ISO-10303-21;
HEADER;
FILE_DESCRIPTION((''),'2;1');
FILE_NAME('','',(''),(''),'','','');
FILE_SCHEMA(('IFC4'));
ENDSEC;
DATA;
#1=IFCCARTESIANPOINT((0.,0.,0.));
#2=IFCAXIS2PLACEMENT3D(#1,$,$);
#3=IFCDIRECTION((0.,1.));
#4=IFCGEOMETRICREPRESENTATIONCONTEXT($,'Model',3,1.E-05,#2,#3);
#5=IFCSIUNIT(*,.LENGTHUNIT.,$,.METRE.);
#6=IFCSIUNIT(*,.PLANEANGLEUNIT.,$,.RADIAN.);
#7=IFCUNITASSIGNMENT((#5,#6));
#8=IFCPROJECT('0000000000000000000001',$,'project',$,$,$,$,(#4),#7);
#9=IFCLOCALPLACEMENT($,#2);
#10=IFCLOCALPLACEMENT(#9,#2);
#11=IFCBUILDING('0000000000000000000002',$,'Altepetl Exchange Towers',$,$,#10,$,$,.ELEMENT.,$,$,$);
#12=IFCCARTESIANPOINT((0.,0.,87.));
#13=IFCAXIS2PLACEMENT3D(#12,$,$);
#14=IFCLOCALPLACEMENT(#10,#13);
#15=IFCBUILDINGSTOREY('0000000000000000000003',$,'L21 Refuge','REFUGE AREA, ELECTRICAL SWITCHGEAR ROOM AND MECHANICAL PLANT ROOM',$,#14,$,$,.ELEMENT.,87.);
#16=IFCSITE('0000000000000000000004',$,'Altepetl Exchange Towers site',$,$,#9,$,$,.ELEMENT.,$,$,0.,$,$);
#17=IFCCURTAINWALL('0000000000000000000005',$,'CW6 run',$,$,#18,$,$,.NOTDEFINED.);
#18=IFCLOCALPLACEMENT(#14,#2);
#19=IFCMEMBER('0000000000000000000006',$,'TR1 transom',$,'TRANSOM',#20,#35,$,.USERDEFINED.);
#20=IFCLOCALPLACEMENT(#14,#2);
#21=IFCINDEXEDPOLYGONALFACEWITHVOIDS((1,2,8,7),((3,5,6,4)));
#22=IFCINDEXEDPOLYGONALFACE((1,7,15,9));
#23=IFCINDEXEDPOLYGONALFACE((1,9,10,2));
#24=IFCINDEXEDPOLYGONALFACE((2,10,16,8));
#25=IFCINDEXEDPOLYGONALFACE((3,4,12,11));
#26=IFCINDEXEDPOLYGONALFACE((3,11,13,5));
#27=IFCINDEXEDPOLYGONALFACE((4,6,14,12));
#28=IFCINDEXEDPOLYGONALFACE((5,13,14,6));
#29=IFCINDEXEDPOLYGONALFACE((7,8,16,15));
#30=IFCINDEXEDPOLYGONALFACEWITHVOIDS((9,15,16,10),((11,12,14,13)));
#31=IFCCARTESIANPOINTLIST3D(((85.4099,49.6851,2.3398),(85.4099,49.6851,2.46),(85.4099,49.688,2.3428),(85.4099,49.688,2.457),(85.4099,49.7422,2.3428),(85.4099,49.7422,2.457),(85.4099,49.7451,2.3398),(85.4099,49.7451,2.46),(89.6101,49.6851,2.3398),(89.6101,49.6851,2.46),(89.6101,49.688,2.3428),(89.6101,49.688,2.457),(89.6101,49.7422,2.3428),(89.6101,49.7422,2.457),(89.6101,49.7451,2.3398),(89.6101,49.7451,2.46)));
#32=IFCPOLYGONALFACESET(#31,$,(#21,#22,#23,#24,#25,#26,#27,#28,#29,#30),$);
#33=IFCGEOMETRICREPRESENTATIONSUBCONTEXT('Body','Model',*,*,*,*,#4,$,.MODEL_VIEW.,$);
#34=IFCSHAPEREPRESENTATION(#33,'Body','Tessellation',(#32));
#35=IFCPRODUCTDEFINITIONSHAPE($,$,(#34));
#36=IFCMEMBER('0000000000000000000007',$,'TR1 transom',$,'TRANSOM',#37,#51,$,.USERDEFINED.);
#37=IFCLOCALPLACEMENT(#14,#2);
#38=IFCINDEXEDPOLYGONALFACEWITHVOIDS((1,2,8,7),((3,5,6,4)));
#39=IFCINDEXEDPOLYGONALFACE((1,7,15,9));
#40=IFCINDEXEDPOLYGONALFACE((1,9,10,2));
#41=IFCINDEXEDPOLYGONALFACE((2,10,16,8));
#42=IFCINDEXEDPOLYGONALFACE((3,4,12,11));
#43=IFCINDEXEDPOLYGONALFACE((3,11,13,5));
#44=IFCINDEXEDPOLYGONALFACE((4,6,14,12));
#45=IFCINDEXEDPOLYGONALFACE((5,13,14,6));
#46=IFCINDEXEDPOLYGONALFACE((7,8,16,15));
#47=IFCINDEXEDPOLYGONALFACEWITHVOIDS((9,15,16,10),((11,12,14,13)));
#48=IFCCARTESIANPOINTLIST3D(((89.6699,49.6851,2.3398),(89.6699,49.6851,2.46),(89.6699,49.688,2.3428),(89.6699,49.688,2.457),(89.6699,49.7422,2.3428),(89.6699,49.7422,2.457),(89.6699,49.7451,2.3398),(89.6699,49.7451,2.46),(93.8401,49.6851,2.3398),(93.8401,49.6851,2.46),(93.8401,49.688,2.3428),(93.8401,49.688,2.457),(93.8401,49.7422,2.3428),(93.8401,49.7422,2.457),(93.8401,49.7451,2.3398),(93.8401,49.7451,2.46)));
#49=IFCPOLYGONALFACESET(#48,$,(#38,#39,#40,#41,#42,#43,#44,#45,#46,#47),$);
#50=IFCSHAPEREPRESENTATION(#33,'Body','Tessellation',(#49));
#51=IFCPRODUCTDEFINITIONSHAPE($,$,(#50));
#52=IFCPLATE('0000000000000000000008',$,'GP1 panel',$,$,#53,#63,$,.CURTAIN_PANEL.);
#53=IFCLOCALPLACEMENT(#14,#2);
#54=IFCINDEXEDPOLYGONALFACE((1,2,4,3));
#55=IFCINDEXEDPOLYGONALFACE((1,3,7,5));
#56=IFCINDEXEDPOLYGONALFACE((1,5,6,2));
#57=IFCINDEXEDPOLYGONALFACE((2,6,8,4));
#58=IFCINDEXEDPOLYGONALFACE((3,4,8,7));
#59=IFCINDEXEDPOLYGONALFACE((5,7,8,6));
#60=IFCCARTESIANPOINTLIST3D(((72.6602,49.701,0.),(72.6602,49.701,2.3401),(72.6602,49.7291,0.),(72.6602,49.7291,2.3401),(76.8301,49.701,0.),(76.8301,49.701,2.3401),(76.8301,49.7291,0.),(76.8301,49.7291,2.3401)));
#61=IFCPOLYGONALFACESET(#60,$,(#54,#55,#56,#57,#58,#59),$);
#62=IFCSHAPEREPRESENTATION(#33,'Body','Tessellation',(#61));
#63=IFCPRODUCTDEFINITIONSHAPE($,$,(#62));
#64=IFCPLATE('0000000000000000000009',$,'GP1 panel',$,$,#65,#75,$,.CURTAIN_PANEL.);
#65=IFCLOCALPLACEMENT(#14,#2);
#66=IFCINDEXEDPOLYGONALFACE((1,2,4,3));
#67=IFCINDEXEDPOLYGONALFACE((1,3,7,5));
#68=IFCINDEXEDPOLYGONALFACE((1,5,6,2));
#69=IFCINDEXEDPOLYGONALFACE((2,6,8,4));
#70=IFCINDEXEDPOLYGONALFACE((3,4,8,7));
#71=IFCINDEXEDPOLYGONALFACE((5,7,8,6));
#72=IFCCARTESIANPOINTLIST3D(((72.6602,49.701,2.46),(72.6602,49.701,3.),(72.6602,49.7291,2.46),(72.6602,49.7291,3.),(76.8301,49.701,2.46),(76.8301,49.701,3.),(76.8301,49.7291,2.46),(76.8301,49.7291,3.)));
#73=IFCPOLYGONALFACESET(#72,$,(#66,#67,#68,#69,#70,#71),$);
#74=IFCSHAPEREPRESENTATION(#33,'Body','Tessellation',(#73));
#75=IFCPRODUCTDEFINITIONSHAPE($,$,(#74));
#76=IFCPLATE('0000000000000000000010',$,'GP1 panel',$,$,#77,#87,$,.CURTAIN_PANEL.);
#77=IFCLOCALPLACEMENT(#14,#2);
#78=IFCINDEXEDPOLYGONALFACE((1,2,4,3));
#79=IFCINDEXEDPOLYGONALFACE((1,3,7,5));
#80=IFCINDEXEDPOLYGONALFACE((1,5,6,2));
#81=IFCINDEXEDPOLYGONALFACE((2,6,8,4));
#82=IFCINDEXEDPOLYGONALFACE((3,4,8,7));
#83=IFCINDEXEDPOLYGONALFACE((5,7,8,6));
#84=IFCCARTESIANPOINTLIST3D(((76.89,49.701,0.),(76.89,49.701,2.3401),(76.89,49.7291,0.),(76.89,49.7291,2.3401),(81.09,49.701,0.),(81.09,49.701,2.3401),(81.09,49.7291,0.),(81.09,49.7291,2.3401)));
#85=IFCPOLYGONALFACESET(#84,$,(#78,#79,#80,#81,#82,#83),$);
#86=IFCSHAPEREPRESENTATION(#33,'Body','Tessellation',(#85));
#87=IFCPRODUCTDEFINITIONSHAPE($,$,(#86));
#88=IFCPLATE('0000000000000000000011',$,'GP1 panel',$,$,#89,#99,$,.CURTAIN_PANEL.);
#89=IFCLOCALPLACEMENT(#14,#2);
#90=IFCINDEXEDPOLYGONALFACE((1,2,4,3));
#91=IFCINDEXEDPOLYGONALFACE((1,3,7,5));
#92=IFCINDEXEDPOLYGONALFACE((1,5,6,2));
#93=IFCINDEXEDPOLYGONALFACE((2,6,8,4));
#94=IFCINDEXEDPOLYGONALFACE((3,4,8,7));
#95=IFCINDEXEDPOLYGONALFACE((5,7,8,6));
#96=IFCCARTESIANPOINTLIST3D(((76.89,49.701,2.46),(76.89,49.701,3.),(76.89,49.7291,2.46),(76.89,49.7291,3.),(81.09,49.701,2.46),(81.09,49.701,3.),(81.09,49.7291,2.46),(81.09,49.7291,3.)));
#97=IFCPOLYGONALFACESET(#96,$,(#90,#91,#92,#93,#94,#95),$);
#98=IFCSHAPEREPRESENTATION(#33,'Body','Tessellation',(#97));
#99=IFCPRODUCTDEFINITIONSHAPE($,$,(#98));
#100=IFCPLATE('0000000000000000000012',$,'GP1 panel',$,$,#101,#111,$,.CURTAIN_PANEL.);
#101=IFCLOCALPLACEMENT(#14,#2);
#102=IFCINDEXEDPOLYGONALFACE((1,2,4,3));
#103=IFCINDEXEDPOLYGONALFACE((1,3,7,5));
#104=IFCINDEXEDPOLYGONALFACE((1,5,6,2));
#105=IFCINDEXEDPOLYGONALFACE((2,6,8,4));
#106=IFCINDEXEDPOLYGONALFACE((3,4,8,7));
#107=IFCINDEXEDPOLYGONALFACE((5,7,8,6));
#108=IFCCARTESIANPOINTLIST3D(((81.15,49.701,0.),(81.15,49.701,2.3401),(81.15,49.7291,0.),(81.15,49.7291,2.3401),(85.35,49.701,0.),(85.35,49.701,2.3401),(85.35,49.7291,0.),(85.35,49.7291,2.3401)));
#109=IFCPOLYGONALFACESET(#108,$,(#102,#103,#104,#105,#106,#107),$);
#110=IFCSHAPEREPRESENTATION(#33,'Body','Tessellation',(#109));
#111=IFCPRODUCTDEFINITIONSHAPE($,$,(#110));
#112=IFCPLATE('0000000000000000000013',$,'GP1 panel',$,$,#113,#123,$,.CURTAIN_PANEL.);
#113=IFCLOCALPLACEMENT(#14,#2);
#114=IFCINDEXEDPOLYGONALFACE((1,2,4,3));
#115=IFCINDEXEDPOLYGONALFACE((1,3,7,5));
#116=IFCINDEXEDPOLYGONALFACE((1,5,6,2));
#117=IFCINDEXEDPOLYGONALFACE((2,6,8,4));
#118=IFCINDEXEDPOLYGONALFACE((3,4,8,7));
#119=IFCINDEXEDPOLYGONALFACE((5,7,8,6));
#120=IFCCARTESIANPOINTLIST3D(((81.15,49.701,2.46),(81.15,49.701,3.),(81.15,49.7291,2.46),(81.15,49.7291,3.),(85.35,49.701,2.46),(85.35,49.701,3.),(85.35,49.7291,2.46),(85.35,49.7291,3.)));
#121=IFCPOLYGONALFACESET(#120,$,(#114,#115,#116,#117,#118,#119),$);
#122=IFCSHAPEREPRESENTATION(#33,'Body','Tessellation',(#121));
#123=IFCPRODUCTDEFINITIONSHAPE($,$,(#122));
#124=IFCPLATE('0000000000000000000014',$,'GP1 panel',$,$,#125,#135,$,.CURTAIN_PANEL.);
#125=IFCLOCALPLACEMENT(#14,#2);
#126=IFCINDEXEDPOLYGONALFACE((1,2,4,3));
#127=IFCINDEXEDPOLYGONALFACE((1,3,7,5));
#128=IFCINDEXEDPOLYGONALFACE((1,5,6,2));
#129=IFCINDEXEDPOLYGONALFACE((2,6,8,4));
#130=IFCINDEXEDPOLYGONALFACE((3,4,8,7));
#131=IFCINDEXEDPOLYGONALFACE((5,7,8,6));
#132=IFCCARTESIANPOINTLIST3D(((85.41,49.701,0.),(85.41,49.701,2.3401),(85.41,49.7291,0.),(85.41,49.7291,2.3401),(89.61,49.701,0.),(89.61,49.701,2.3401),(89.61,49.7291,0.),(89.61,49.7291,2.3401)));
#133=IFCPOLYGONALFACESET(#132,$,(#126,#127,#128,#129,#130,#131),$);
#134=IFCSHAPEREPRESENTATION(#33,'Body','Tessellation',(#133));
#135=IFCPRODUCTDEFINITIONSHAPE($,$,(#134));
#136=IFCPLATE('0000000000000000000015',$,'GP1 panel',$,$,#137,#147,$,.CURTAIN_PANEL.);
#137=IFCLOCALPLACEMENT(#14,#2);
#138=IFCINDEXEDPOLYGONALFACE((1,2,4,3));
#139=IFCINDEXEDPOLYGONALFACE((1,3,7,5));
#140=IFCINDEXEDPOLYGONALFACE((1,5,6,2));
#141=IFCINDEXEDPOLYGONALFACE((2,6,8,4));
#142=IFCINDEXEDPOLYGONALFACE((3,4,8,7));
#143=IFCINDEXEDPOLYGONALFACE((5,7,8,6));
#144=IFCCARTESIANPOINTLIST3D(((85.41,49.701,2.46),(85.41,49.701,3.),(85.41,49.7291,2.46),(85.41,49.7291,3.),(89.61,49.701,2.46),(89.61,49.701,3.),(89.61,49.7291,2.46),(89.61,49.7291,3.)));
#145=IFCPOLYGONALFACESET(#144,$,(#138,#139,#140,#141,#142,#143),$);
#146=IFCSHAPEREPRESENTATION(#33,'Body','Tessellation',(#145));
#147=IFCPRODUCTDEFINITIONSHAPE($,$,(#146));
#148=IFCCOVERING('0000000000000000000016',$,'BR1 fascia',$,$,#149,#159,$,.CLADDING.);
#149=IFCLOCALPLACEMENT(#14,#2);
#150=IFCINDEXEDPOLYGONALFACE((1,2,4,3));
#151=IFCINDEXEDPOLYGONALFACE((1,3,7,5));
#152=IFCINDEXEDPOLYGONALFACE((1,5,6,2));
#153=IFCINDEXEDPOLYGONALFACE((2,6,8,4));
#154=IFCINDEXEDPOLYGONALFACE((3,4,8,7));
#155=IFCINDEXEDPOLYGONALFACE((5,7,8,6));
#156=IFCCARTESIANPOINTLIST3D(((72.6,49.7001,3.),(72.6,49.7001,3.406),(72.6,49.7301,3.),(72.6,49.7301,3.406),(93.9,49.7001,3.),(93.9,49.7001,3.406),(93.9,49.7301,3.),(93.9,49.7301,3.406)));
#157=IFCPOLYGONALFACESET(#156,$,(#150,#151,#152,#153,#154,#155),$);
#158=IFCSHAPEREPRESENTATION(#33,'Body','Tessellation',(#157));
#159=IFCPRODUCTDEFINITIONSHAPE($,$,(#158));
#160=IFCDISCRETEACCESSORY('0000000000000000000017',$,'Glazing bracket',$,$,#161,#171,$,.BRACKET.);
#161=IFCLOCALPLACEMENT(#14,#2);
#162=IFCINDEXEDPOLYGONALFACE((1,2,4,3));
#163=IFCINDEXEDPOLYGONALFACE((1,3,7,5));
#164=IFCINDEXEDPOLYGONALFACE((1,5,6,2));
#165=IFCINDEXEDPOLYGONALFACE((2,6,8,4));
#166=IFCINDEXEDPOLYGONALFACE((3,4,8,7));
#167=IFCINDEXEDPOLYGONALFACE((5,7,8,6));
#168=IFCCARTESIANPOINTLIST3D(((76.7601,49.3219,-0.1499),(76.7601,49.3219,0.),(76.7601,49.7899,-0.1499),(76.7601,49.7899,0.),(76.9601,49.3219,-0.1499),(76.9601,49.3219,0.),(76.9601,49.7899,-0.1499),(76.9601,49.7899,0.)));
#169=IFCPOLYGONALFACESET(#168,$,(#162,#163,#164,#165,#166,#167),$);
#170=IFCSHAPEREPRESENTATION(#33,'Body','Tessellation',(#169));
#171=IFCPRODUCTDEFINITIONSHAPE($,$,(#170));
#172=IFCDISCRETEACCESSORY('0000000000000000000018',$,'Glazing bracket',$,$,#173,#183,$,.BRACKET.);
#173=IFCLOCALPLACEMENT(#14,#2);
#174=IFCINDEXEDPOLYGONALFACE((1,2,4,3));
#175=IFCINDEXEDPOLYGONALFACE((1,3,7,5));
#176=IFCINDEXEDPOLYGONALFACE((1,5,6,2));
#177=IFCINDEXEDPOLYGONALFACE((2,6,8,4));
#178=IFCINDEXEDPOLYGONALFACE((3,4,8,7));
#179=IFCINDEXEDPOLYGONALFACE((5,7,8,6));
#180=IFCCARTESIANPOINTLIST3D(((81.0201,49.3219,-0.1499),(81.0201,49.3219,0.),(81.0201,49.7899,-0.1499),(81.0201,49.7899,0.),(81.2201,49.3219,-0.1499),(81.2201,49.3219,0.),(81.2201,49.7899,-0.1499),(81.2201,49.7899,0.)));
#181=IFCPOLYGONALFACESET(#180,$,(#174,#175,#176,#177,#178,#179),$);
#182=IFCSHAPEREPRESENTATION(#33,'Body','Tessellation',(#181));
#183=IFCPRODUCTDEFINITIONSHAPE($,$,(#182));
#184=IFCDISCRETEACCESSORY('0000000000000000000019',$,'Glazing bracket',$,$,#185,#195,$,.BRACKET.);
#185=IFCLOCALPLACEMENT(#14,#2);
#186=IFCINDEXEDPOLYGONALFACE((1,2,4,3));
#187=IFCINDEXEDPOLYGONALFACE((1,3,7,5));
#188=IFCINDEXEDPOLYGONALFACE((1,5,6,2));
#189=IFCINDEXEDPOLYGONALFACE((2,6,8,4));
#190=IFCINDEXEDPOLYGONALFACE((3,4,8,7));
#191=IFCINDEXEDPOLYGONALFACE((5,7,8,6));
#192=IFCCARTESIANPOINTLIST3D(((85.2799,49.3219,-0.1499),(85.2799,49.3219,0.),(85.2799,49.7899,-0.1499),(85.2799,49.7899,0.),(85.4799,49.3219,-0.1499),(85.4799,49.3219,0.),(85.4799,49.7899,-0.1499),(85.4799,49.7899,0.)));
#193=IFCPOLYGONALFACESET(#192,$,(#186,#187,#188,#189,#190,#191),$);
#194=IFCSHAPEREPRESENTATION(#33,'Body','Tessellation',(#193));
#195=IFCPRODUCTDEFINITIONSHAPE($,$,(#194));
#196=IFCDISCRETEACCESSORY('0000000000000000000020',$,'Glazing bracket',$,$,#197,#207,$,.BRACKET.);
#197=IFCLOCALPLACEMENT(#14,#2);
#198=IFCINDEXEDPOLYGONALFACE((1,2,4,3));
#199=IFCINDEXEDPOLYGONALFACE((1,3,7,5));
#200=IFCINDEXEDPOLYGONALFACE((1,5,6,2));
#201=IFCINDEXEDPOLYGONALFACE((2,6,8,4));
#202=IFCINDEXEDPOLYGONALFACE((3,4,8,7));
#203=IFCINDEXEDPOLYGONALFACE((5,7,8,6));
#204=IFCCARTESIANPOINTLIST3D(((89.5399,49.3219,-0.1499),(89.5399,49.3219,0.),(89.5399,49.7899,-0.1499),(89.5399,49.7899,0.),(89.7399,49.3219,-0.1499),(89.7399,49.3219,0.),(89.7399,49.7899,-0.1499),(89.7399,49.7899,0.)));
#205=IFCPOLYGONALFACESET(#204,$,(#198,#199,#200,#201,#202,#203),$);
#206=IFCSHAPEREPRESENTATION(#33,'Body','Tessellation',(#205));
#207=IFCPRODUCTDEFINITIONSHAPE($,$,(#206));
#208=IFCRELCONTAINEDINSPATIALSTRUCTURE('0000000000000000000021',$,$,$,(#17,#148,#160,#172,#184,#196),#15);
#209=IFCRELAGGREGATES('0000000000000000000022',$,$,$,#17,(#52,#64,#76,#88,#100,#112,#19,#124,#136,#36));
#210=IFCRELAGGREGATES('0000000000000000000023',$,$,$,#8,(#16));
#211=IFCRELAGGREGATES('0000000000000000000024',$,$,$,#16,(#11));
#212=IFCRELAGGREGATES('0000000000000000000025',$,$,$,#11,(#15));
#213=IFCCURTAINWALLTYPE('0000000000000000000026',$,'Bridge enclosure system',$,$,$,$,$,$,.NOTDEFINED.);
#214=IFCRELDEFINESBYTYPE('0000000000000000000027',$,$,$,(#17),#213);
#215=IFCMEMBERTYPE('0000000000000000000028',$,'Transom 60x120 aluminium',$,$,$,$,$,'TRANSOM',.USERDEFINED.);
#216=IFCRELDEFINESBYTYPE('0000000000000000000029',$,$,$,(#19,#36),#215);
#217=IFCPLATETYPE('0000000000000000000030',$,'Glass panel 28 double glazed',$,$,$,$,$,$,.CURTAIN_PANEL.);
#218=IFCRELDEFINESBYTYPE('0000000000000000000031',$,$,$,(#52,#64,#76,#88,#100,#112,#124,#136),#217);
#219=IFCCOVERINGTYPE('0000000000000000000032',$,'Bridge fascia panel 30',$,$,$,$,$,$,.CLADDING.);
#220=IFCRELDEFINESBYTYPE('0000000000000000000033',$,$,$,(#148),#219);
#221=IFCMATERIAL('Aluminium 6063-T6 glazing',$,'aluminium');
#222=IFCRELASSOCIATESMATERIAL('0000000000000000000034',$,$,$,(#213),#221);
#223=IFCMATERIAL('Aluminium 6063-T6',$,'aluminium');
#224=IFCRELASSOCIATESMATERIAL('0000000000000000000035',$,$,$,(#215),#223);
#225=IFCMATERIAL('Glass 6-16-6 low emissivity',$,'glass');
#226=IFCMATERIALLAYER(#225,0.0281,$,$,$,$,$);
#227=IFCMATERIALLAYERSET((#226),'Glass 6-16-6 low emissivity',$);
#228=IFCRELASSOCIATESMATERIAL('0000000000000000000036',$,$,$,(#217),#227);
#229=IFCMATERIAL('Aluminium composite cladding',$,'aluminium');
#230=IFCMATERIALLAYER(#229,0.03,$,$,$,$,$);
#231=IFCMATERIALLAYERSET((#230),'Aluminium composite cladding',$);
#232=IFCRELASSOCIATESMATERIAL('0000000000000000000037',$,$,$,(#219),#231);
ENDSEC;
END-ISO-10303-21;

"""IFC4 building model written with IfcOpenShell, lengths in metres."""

from ifc_helpers import new_model, si_unit, direction, frame, origin, origin_2d, place, context, subcontext, project, spatial, rectangle, hollow_rectangle, extrude, material, layer, layer_set, material_profile, profile_set, type_object, element, aggregate, save


model = new_model("IFC4")

# Units and contexts
model_context = context("Model", 3, precision=1e-05, world=origin(), true_north=direction((0.0, 1.0)))
body_context = subcontext(model_context, "Body", "Model", "MODEL_VIEW")
ifc_project = project(units=[si_unit("LENGTHUNIT", "METRE"), si_unit("PLANEANGLEUNIT", "RADIAN")], contexts=[model_context])

# Site, building, storey
site_placement = place(None, origin())
site = spatial("IfcSite", under=ifc_project, at=site_placement, Name="Altepetl Exchange Towers site", CompositionType="ELEMENT", RefElevation=0.0)
building_placement = place(site_placement, origin())
building = spatial("IfcBuilding", under=site, at=building_placement, Name="Altepetl Exchange Towers", CompositionType="ELEMENT")
storey_placement = place(building_placement, frame((0.0, 0.0, 87.0)))
storey = spatial("IfcBuildingStorey", under=building, at=storey_placement, Name="L21 Refuge", Description="REFUGE AREA, ELECTRICAL SWITCHGEAR ROOM AND MECHANICAL PLANT ROOM", CompositionType="ELEMENT", Elevation=87.0)

# Curtain wall, members, plates
ifc_material_1 = material(Name="Aluminium 6063-T6 glazing", Category="aluminium")
curtain_wall_type = type_object("IfcCurtainWallType", Name="Bridge enclosure system", PredefinedType="NOTDEFINED", material=ifc_material_1)
curtain_wall_placement = place(storey_placement, origin())
curtain_wall = element("IfcCurtainWall", 1, at=curtain_wall_placement, inside=storey, type_object=curtain_wall_type, Name="CW6 run", PredefinedType="NOTDEFINED")
ifc_material_2 = material(Name="Aluminium 6063-T6", Category="aluminium")
ifc_material_profile_1 = material_profile(ifc_material_2, hollow_rectangle(XDim=0.0601, YDim=0.1201, WallThickness=0.0029, at=origin_2d()), Name="Transom 60x120 aluminium")
ifc_profile_set_1 = profile_set([ifc_material_profile_1], Name="Aluminium 6063-T6")
member_type_1 = type_object("IfcMemberType", Name="Transom 60x120 aluminium", ElementType="TRANSOM", PredefinedType="USERDEFINED", material=ifc_profile_set_1)
member_1_placement = place(storey_placement, frame((85.4099, 49.7151, 2.3999), z_axis=(1.0, 0.0, 0.0), x_axis=(0.0, 1.0, 0.0)))
member_1 = element("IfcMember", 2, at=member_1_placement, type_object=member_type_1, Name="TR1 transom", ObjectType="TRANSOM", PredefinedType="USERDEFINED", context=body_context, shape_type="SweptSolid", body=[
    extrude(hollow_rectangle(XDim=0.0601, YDim=0.1201, WallThickness=0.0029, at=origin_2d()), origin(), (0.0, 0.0, 1.0), 4.2002),
])
member_2_placement = place(storey_placement, frame((89.6699, 49.7151, 2.3999), z_axis=(1.0, 0.0, 0.0), x_axis=(0.0, 1.0, 0.0)))
member_2 = element("IfcMember", 3, at=member_2_placement, type_object=member_type_1, Name="TR1 transom", ObjectType="TRANSOM", PredefinedType="USERDEFINED", context=body_context, shape_type="SweptSolid", body=[
    extrude(hollow_rectangle(XDim=0.0601, YDim=0.1201, WallThickness=0.0029, at=origin_2d()), origin(), (0.0, 0.0, 1.0), 4.1702),
])
ifc_material_3 = material(Name="Glass 6-16-6 low emissivity", Category="glass")
ifc_layer_1 = layer(ifc_material_3, 0.0281)
ifc_layer_set_1 = layer_set([ifc_layer_1], Name="Glass 6-16-6 low emissivity")
plate_type = type_object("IfcPlateType", Name="Glass panel 28 double glazed", PredefinedType="CURTAIN_PANEL", material=ifc_layer_set_1)
plate_1_placement = place(storey_placement, frame((74.7451, 49.7151, 0.0)))
plate_1 = element("IfcPlate", 4, at=plate_1_placement, type_object=plate_type, Name="GP1 panel", PredefinedType="CURTAIN_PANEL", context=body_context, shape_type="SweptSolid", body=[
    extrude(rectangle(XDim=4.1699, YDim=0.0281, at=origin_2d()), origin(), (0.0, 0.0, 1.0), 2.3401),
])
plate_2_placement = place(storey_placement, frame((74.7451, 49.7151, 2.46)))
plate_2 = element("IfcPlate", 5, at=plate_2_placement, type_object=plate_type, Name="GP1 panel", PredefinedType="CURTAIN_PANEL", context=body_context, shape_type="SweptSolid", body=[
    extrude(rectangle(XDim=4.1699, YDim=0.0281, at=origin_2d()), origin(), (0.0, 0.0, 1.0), 0.54),
])
plate_3_placement = place(storey_placement, frame((78.99, 49.7151, 0.0)))
plate_3 = element("IfcPlate", 6, at=plate_3_placement, type_object=plate_type, Name="GP1 panel", PredefinedType="CURTAIN_PANEL", context=body_context, shape_type="SweptSolid", body=[
    extrude(rectangle(XDim=4.2, YDim=0.0281, at=origin_2d()), origin(), (0.0, 0.0, 1.0), 2.3401),
])
plate_4_placement = place(storey_placement, frame((78.99, 49.7151, 2.46)))
plate_4 = element("IfcPlate", 7, at=plate_4_placement, type_object=plate_type, Name="GP1 panel", PredefinedType="CURTAIN_PANEL", context=body_context, shape_type="SweptSolid", body=[
    extrude(rectangle(XDim=4.2, YDim=0.0281, at=origin_2d()), origin(), (0.0, 0.0, 1.0), 0.54),
])
plate_5_placement = place(storey_placement, frame((83.25, 49.7151, 0.0)))
plate_5 = element("IfcPlate", 8, at=plate_5_placement, type_object=plate_type, Name="GP1 panel", PredefinedType="CURTAIN_PANEL", context=body_context, shape_type="SweptSolid", body=[
    extrude(rectangle(XDim=4.2, YDim=0.0281, at=origin_2d()), origin(), (0.0, 0.0, 1.0), 2.3401),
])
plate_6_placement = place(storey_placement, frame((83.25, 49.7151, 2.46)))
plate_6 = element("IfcPlate", 9, at=plate_6_placement, type_object=plate_type, Name="GP1 panel", PredefinedType="CURTAIN_PANEL", context=body_context, shape_type="SweptSolid", body=[
    extrude(rectangle(XDim=4.2, YDim=0.0281, at=origin_2d()), origin(), (0.0, 0.0, 1.0), 0.54),
])
plate_7_placement = place(storey_placement, frame((87.51, 49.7151, 0.0)))
plate_7 = element("IfcPlate", 10, at=plate_7_placement, type_object=plate_type, Name="GP1 panel", PredefinedType="CURTAIN_PANEL", context=body_context, shape_type="SweptSolid", body=[
    extrude(rectangle(XDim=4.2, YDim=0.0281, at=origin_2d()), origin(), (0.0, 0.0, 1.0), 2.3401),
])
plate_8_placement = place(storey_placement, frame((87.51, 49.7151, 2.46)))
plate_8 = element("IfcPlate", 11, at=plate_8_placement, type_object=plate_type, Name="GP1 panel", PredefinedType="CURTAIN_PANEL", context=body_context, shape_type="SweptSolid", body=[
    extrude(rectangle(XDim=4.2, YDim=0.0281, at=origin_2d()), origin(), (0.0, 0.0, 1.0), 0.54),
])
aggregate(curtain_wall, [plate_1, plate_2, plate_3, plate_4, plate_5, plate_6, member_1, plate_7, plate_8, member_2])

# Covering
ifc_material_4 = material(Name="Aluminium composite cladding", Category="aluminium")
ifc_layer_2 = layer(ifc_material_4, 0.03)
ifc_layer_set_2 = layer_set([ifc_layer_2], Name="Aluminium composite cladding")
covering_type = type_object("IfcCoveringType", Name="Bridge fascia panel 30", PredefinedType="CLADDING", material=ifc_layer_set_2)
covering_placement = place(storey_placement, frame((83.25, 49.7151, 3.0)))
element("IfcCovering", 12, at=covering_placement, inside=storey, type_object=covering_type, Name="BR1 fascia", PredefinedType="CLADDING", context=body_context, shape_type="SweptSolid", body=[
    extrude(rectangle(XDim=21.3, YDim=0.03, at=origin_2d()), origin(), (0.0, 0.0, 1.0), 0.406),
])

# Discrete accessories
for number, where, name in (
    (13, (76.8601, 49.5559, -0.1499), "Glazing bracket"),
    (14, (81.1201, 49.5559, -0.1499), "Glazing bracket"),
    (15, (85.3799, 49.5559, -0.1499), "Glazing bracket"),
    (16, (89.6399, 49.5559, -0.1499), "Glazing bracket"),
):
    element("IfcDiscreteAccessory", number, at=place(storey_placement, frame(where)), inside=storey, Name=name, PredefinedType="BRACKET", context=body_context, shape_type="SweptSolid", body=[
        extrude(rectangle(XDim=0.2, YDim=0.468, at=origin_2d()), origin(), (0.0, 0.0, 1.0), 0.1499),
    ])

save(model, "model.ifc")
